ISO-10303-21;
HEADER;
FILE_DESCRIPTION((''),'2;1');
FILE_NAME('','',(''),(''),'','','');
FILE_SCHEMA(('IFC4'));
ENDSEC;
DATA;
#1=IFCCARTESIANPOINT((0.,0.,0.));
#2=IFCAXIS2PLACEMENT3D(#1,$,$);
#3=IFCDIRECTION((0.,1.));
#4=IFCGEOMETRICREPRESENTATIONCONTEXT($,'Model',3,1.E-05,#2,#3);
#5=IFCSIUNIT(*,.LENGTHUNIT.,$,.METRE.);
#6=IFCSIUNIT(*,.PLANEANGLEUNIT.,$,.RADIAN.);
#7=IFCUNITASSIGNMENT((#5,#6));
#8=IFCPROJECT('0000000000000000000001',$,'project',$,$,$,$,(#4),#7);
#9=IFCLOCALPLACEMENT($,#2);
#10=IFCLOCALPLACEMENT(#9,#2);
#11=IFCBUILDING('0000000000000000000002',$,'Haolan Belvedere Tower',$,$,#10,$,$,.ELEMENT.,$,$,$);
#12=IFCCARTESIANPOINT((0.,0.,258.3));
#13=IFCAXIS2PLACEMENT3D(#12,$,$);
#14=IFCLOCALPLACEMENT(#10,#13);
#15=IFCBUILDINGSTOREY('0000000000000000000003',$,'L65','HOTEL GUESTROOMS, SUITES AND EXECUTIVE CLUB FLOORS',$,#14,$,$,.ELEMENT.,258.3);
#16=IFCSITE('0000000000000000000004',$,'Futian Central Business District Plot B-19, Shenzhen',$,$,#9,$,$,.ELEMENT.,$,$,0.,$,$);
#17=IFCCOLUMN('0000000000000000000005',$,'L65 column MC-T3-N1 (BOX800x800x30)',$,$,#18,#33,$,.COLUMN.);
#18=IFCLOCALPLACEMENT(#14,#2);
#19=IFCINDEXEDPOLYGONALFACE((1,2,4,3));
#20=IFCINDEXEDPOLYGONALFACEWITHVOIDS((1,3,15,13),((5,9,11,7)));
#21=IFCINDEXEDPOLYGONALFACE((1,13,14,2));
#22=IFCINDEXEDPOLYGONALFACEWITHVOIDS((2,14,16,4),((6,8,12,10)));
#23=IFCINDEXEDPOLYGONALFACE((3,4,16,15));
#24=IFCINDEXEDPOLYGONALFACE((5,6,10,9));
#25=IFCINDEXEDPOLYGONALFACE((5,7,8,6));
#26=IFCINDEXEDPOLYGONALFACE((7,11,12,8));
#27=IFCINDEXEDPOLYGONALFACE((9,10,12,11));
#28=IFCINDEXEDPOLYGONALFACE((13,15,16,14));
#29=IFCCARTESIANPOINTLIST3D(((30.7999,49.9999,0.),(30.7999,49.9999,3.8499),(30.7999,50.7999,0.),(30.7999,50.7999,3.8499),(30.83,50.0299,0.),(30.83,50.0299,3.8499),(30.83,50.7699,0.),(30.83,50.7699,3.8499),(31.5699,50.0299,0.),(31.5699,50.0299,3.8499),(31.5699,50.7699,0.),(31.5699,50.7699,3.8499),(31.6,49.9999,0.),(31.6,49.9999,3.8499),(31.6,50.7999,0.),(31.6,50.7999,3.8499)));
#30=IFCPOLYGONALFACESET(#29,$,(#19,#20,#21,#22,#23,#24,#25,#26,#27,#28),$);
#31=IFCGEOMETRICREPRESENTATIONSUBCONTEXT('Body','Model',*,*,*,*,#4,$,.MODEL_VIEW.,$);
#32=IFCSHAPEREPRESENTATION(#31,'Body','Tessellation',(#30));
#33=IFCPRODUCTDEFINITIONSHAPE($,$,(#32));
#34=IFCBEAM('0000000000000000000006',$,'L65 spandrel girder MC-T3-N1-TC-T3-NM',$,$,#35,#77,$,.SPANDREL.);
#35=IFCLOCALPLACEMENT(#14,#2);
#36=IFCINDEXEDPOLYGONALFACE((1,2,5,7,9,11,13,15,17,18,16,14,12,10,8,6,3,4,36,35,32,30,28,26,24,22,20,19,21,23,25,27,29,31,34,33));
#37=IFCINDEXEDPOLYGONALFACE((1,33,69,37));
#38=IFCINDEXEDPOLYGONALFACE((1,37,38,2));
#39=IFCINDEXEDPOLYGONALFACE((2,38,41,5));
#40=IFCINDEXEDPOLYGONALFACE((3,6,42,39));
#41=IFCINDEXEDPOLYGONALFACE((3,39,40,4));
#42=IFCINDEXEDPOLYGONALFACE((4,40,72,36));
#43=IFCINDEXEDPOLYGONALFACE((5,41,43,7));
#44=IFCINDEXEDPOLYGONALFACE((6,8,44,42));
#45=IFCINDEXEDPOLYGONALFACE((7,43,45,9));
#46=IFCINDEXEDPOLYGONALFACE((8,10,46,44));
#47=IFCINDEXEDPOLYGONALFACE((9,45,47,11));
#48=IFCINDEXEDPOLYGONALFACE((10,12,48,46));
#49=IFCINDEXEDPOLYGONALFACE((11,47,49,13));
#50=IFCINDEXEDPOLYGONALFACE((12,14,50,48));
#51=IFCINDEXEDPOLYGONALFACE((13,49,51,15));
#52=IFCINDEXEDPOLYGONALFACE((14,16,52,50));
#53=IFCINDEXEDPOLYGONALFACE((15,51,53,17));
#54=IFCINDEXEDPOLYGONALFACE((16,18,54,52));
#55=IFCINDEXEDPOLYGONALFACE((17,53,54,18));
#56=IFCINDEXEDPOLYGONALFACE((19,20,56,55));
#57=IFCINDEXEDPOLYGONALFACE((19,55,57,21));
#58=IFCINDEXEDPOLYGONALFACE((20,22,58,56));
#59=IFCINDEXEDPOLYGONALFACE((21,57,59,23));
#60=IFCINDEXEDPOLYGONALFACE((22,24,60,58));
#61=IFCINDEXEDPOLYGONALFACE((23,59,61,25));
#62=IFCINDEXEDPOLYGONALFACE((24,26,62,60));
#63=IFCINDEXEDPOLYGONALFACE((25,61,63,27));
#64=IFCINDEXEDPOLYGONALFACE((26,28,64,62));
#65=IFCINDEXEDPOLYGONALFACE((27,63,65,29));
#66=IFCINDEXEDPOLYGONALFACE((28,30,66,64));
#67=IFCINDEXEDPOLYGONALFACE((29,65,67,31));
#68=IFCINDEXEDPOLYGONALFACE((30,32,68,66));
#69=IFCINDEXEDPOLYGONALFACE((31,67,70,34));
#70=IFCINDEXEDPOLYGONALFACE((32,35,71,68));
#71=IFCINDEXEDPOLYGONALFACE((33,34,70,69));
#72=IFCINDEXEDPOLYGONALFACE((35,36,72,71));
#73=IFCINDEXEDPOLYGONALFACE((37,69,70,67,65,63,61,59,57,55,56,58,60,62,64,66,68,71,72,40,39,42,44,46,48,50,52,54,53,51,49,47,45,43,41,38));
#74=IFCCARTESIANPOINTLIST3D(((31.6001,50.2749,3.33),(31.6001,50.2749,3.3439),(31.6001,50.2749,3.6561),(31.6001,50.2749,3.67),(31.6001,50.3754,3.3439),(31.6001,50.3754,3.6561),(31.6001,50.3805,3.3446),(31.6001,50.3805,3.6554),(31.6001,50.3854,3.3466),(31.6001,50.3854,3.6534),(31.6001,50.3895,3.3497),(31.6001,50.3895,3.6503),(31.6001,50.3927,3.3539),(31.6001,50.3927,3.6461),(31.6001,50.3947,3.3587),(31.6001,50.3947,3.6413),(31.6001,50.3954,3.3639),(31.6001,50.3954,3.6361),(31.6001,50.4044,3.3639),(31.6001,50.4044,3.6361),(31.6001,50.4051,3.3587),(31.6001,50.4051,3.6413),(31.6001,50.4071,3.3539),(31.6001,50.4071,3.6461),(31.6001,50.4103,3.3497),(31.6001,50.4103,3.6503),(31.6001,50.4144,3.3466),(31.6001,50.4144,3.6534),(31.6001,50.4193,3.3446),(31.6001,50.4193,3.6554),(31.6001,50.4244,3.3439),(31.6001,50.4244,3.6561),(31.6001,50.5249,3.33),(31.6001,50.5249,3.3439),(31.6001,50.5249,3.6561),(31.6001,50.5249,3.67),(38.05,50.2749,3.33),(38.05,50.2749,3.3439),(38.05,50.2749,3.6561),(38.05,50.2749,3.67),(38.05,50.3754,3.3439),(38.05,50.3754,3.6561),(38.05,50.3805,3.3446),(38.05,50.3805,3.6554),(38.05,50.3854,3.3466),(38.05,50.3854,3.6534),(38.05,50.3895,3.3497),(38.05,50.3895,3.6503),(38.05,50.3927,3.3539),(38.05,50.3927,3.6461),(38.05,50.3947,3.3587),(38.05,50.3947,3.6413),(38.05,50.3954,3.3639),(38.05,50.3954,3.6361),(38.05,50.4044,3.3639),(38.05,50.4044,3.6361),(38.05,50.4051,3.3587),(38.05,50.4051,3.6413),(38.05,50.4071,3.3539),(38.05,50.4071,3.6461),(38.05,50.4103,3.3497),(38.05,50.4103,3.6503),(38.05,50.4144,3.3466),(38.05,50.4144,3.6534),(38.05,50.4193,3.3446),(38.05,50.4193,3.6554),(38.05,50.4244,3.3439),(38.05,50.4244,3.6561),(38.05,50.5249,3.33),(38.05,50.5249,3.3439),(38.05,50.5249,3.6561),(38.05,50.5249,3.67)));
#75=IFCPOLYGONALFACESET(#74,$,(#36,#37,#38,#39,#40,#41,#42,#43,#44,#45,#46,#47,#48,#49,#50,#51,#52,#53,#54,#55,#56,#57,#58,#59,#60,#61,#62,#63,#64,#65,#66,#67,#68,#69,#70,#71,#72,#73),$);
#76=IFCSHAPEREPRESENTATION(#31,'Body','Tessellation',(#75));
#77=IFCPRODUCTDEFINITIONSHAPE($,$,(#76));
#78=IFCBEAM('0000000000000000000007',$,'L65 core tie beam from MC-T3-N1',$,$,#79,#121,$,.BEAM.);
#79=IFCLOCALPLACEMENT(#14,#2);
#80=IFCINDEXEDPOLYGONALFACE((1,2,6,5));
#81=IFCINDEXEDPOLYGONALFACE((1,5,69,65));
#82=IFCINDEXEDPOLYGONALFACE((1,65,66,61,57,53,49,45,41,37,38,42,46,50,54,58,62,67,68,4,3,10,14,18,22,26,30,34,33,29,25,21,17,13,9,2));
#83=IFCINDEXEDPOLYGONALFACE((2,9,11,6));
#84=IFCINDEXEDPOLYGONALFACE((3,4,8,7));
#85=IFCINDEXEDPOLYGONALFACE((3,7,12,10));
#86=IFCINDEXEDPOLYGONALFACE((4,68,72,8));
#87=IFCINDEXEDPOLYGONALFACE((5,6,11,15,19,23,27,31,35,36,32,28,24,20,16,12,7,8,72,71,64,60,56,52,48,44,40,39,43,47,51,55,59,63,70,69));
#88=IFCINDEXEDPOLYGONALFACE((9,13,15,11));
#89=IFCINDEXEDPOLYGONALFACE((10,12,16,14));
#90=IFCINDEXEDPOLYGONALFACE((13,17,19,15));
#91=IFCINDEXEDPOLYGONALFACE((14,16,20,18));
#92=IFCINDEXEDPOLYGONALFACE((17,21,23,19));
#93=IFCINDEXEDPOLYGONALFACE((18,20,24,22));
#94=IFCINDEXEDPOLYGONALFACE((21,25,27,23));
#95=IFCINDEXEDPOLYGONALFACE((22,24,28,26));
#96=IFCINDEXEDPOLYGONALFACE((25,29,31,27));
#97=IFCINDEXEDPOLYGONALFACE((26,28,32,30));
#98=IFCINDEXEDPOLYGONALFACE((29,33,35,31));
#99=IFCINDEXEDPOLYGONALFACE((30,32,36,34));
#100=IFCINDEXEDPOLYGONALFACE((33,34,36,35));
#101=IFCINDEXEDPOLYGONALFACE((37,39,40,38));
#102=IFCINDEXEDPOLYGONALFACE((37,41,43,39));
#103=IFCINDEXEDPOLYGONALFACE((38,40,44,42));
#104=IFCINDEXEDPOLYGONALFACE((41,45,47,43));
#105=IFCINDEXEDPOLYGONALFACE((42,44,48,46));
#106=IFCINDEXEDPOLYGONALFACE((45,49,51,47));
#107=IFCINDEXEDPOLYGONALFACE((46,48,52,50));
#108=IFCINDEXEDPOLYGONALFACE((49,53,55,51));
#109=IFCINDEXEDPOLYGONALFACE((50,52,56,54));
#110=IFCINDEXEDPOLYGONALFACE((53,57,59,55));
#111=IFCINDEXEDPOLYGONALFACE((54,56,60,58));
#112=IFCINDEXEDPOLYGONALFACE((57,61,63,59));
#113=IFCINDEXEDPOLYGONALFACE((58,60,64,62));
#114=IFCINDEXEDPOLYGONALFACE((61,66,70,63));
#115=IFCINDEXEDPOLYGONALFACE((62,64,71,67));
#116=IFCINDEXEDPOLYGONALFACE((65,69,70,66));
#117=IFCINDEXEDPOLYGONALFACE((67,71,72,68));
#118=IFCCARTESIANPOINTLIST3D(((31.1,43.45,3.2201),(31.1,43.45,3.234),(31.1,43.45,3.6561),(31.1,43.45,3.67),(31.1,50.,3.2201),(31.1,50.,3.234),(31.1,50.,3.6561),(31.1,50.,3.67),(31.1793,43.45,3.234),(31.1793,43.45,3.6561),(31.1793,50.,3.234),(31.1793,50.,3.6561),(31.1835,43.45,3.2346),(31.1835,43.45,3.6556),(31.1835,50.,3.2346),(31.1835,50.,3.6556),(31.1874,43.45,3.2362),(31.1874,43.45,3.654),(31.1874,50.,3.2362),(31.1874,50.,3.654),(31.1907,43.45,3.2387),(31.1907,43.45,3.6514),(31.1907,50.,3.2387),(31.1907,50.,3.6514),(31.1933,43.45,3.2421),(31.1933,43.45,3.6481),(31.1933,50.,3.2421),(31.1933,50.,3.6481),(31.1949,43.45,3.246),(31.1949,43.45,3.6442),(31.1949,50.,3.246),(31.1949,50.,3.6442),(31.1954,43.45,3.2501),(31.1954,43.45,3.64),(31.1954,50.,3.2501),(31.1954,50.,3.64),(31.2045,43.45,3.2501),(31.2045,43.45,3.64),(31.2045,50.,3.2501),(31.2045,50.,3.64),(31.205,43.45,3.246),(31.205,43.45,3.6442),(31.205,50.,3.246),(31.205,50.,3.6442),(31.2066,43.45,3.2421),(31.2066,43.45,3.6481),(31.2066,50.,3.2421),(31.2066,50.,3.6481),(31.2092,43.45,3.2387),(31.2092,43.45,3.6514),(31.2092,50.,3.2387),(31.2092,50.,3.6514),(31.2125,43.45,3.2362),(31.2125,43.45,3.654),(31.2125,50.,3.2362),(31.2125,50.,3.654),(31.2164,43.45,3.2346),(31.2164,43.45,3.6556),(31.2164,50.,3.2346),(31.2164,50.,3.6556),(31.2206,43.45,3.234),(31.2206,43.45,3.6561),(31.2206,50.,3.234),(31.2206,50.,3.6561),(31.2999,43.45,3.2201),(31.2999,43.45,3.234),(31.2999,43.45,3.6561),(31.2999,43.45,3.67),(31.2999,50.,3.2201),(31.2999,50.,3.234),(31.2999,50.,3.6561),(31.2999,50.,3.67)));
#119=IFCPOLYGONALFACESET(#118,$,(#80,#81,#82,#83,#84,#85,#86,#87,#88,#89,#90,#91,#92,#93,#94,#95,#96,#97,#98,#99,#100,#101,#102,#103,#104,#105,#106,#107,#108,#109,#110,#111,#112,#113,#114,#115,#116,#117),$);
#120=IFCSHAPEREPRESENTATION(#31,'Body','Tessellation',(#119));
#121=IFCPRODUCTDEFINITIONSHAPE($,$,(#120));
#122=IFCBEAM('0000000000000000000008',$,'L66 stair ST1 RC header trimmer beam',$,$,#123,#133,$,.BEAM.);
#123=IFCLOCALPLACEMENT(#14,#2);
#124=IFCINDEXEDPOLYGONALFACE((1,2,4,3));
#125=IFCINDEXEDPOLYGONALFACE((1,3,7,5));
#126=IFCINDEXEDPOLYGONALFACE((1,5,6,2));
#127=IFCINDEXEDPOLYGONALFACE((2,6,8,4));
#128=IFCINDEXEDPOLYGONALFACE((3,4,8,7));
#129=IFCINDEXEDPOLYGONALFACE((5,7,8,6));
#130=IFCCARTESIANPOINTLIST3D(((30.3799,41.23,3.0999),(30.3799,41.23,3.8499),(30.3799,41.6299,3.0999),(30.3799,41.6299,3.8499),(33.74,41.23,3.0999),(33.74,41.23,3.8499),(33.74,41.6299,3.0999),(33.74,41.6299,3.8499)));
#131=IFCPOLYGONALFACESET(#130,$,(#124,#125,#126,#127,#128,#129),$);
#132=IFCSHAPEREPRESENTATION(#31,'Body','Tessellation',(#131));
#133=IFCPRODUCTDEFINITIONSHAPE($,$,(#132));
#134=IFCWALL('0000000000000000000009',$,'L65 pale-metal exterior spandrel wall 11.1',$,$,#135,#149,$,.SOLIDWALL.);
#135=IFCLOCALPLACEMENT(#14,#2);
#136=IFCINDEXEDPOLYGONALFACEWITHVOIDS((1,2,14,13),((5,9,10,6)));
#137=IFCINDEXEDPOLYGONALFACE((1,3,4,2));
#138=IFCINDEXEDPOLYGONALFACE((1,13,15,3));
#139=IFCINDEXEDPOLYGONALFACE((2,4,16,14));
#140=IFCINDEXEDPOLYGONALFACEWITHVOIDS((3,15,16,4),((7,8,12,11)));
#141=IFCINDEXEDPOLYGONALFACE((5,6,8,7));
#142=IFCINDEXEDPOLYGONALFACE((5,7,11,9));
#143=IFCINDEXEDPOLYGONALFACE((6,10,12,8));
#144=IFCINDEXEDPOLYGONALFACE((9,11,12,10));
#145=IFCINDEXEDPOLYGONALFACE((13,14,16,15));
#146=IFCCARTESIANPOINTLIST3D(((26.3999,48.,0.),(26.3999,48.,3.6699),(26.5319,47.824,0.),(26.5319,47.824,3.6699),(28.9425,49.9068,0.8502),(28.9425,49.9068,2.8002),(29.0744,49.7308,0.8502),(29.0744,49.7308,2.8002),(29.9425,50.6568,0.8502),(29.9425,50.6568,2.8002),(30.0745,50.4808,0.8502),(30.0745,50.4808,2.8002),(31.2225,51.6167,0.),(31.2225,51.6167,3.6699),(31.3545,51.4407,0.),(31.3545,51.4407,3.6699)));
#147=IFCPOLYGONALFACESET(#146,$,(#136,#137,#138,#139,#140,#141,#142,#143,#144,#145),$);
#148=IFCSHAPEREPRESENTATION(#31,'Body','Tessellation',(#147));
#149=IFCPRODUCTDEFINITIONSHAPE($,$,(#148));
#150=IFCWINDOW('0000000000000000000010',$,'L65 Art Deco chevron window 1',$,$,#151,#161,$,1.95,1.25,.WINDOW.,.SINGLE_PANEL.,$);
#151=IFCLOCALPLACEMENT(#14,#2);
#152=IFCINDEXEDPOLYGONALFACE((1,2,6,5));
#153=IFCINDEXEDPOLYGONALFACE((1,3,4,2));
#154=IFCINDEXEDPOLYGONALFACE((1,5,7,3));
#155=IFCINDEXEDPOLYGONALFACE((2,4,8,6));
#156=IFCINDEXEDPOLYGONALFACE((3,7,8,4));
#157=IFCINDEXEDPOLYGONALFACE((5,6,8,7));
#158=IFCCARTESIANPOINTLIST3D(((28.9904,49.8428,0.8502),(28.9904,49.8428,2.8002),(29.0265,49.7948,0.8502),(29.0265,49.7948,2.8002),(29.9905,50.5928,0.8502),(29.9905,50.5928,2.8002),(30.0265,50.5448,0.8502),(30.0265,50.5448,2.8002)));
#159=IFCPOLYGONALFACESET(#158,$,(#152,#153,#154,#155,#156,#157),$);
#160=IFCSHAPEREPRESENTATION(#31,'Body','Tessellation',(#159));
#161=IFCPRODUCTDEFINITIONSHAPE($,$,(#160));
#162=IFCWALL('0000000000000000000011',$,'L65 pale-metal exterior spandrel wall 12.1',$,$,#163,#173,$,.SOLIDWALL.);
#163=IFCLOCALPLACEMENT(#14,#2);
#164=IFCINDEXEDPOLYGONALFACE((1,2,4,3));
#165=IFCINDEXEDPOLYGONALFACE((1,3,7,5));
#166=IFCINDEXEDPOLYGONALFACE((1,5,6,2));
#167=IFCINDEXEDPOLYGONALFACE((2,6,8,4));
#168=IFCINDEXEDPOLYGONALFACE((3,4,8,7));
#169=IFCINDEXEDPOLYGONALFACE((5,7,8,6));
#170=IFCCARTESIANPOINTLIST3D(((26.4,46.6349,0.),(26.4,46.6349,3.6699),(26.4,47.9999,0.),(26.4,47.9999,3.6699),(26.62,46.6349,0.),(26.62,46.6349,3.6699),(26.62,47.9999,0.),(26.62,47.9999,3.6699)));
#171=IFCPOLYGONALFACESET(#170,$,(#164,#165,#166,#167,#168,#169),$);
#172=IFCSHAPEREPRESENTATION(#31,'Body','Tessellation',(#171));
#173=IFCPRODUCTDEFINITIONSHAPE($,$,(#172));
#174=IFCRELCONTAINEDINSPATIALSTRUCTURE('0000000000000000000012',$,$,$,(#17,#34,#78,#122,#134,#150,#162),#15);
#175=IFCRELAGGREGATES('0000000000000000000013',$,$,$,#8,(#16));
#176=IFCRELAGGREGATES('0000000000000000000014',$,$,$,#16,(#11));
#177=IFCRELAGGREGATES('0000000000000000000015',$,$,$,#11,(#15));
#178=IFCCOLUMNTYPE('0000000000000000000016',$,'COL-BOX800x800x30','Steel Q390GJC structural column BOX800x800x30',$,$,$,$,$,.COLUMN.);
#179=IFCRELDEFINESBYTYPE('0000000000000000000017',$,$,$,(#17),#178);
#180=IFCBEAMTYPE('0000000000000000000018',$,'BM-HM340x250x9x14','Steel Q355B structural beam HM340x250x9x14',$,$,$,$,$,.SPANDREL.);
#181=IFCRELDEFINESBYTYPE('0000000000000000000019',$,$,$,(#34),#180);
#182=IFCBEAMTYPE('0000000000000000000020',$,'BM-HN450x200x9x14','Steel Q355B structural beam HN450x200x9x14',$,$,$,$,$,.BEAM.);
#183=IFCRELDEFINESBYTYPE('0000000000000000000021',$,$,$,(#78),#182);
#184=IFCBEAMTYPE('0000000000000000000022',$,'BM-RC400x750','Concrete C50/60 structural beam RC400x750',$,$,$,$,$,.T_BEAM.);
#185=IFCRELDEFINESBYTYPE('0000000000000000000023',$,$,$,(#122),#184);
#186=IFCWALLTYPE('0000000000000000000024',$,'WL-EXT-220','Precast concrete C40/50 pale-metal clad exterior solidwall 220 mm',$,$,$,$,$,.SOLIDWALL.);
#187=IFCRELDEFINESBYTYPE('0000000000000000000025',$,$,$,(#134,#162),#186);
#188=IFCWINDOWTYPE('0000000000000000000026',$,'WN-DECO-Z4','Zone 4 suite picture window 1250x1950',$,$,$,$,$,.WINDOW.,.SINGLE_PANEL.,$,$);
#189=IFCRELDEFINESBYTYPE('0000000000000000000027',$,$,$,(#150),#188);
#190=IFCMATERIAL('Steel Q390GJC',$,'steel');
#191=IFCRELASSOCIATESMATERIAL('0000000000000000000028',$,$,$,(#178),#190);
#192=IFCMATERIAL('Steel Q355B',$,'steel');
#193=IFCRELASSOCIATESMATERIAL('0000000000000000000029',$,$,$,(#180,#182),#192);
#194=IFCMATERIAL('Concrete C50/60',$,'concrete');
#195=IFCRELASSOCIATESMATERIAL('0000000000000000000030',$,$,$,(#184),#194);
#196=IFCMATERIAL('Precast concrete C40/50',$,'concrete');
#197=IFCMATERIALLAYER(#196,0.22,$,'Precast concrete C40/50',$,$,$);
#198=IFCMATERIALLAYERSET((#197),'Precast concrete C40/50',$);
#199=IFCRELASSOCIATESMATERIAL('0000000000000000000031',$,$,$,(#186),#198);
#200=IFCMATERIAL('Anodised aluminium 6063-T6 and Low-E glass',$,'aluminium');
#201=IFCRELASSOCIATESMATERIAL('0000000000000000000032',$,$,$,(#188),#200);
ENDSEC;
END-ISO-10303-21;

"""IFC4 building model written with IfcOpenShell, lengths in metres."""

from ifc_helpers import new_model, si_unit, direction, frame, frame_2d, origin, origin_2d, place, context, subcontext, project, spatial, rectangle, hollow_rectangle, i_section, extrude, material, layer, layer_set, material_profile, profile_set, type_object, element, fill, save


model = new_model("IFC4")

# Units and contexts
model_context = context("Model", 3, precision=1e-05, world=origin(), true_north=direction((0.0, 1.0)))
body_context = subcontext(model_context, "Body", "Model", "MODEL_VIEW")
ifc_project = project(units=[si_unit("LENGTHUNIT", "METRE"), si_unit("PLANEANGLEUNIT", "RADIAN")], contexts=[model_context])

# Site, building, storey
site_placement = place(None, origin())
site = spatial("IfcSite", under=ifc_project, at=site_placement, Name="Futian Central Business District Plot B-19, Shenzhen", CompositionType="ELEMENT", RefElevation=0.0)
building_placement = place(site_placement, origin())
building = spatial("IfcBuilding", under=site, at=building_placement, Name="Haolan Belvedere Tower", CompositionType="ELEMENT")
storey_placement = place(building_placement, frame((0.0, 0.0, 258.3)))
storey = spatial("IfcBuildingStorey", under=building, at=storey_placement, Name="L65", Description="HOTEL GUESTROOMS, SUITES AND EXECUTIVE CLUB FLOORS", CompositionType="ELEMENT", Elevation=258.3)

# Column
ifc_material_1 = material(Name="Steel Q390GJC", Category="steel")
ifc_material_profile_1 = material_profile(ifc_material_1, hollow_rectangle(XDim=0.8, YDim=0.8, WallThickness=0.03, at=origin_2d()), Name="Steel Q390GJC")
ifc_profile_set_1 = profile_set([ifc_material_profile_1], Name="Steel Q390GJC")
column_type = type_object("IfcColumnType", Name="COL-BOX800x800x30", Description="Steel Q390GJC structural column BOX800x800x30", PredefinedType="COLUMN", material=ifc_profile_set_1)
column_placement = place(storey_placement, frame((31.2, 50.3999, 0.0), z_axis=(0.0, 0.0, 1.0), x_axis=(1.0, 0.0, 0.0)))
element("IfcColumn", 1, at=column_placement, inside=storey, type_object=column_type, Name="L65 column MC-T3-N1 (BOX800x800x30)", PredefinedType="COLUMN", context=body_context, shape_type="SweptSolid", body=[
    extrude(hollow_rectangle(XDim=0.8, YDim=0.8, WallThickness=0.03, at=origin_2d()), origin(), (0.0, 0.0, 1.0), 3.8499),
])

# Beams
ifc_material_2 = material(Name="Steel Q355B", Category="steel")
ifc_material_profile_2 = material_profile(ifc_material_2, i_section(OverallWidth=0.25, OverallDepth=0.3401, WebThickness=0.009, FlangeThickness=0.0139, FilletRadius=0.02, at=origin_2d()), Name="Steel Q355B")
ifc_profile_set_2 = profile_set([ifc_material_profile_2], Name="Steel Q355B")
beam_type_1 = type_object("IfcBeamType", Name="BM-HM340x250x9x14", Description="Steel Q355B structural beam HM340x250x9x14", PredefinedType="SPANDREL", material=ifc_profile_set_2)
beam_1_placement = place(storey_placement, frame((31.6001, 50.3999, 3.5), z_axis=(1.0, 0.0, 0.0), x_axis=(0.0, 1.0, 0.0)))
element("IfcBeam", 2, at=beam_1_placement, inside=storey, type_object=beam_type_1, Name="L65 spandrel girder MC-T3-N1-TC-T3-NM", PredefinedType="SPANDREL", context=body_context, shape_type="SweptSolid", body=[
    extrude(i_section(OverallWidth=0.25, OverallDepth=0.3401, WebThickness=0.009, FlangeThickness=0.0139, FilletRadius=0.02, at=origin_2d()), origin(), (0.0, 0.0, 1.0), 6.45),
])
ifc_material_profile_3 = material_profile(ifc_material_2, i_section(OverallWidth=0.2, OverallDepth=0.45, WebThickness=0.009, FlangeThickness=0.0139, FilletRadius=0.0161, at=origin_2d()), Name="Steel Q355B")
ifc_profile_set_3 = profile_set([ifc_material_profile_3], Name="Steel Q355B")
beam_type_2 = type_object("IfcBeamType", Name="BM-HN450x200x9x14", Description="Steel Q355B structural beam HN450x200x9x14", PredefinedType="BEAM", material=ifc_profile_set_3)
beam_2_placement = place(storey_placement, frame((31.2, 50.0, 3.4451), z_axis=(0.0, -1.0, 0.0), x_axis=(1.0, 0.0, 0.0)))
element("IfcBeam", 3, at=beam_2_placement, inside=storey, type_object=beam_type_2, Name="L65 core tie beam from MC-T3-N1", PredefinedType="BEAM", context=body_context, shape_type="SweptSolid", body=[
    extrude(i_section(OverallWidth=0.2, OverallDepth=0.45, WebThickness=0.009, FlangeThickness=0.0139, FilletRadius=0.0161, at=origin_2d()), origin(), (0.0, 0.0, 1.0), 6.55),
])
ifc_material_3 = material(Name="Concrete C50/60", Category="concrete")
ifc_material_profile_4 = material_profile(ifc_material_3, rectangle(XDim=0.3999, YDim=0.75, at=origin_2d()), Name="Concrete C50/60")
ifc_profile_set_4 = profile_set([ifc_material_profile_4], Name="Concrete C50/60")
beam_type_3 = type_object("IfcBeamType", Name="BM-RC400x750", Description="Concrete C50/60 structural beam RC400x750", PredefinedType="T_BEAM", material=ifc_profile_set_4)
beam_3_placement = place(storey_placement, frame((30.3799, 41.4299, 3.4749), z_axis=(1.0, 0.0, 0.0), x_axis=(0.0, 1.0, 0.0)))
element("IfcBeam", 4, at=beam_3_placement, inside=storey, type_object=beam_type_3, Name="L66 stair ST1 RC header trimmer beam", PredefinedType="BEAM", context=body_context, shape_type="SweptSolid", body=[
    extrude(rectangle(XDim=0.3999, YDim=0.75, at=origin_2d()), origin(), (0.0, 0.0, 1.0), 3.3601),
])

# Wall, opening, window
ifc_material_4 = material(Name="Precast concrete C40/50", Category="concrete")
ifc_layer_1 = layer(ifc_material_4, 0.22, Name="Precast concrete C40/50")
ifc_layer_set_1 = layer_set([ifc_layer_1], Name="Precast concrete C40/50")
wall_type_1 = type_object("IfcWallType", Name="WL-EXT-220", Description="Precast concrete C40/50 pale-metal clad exterior solidwall 220 mm", PredefinedType="SOLIDWALL", material=ifc_layer_set_1)
wall_1_placement = place(storey_placement, frame((31.2886, 51.5288, 0.0), z_axis=(0.0, 0.0, 1.0), x_axis=(-0.800015, -0.599981, 0.0)))
wall_1 = element("IfcWall", 5, at=wall_1_placement, inside=storey, type_object=wall_type_1, Name="L65 pale-metal exterior spandrel wall 11.1", PredefinedType="SOLIDWALL", context=body_context, shape_type="SweptSolid", body=[
    extrude(rectangle(XDim=6.0281, YDim=0.22, at=frame_2d((3.0142, 0.0))), origin(), (0.0, 0.0, 1.0), 3.6699),
])
opening_1_placement = place(wall_1_placement, frame((1.6001, 0.0, 0.8501)))
opening_1 = element("IfcOpeningElement", 6, at=opening_1_placement, cuts=wall_1, PredefinedType="OPENING", context=body_context, shape_type="SweptSolid", body=[
    extrude(rectangle(XDim=1.25, YDim=1.95, at=frame_2d((0.625, 0.9751))), frame((0.0, 0.1199, 0.0), z_axis=(0.0, -1.0, 0.0), x_axis=(1.0, 0.0, 0.0)), (0.0, 0.0, 1.0), 0.24),
])
ifc_material_5 = material(Name="Anodised aluminium 6063-T6 and Low-E glass", Category="aluminium")
window_type = type_object("IfcWindowType", Name="WN-DECO-Z4", Description="Zone 4 suite picture window 1250x1950", PartitioningType="SINGLE_PANEL", PredefinedType="WINDOW", material=ifc_material_5)
window_placement = place(opening_1_placement, origin())
window = element("IfcWindow", 7, at=window_placement, inside=storey, type_object=window_type, Name="L65 Art Deco chevron window 1", OverallHeight=1.95, OverallWidth=1.25, PartitioningType="SINGLE_PANEL", PredefinedType="WINDOW", context=body_context, shape_type="SweptSolid", body=[
    extrude(rectangle(XDim=1.25, YDim=1.95, at=frame_2d((0.625, 0.9751))), frame((0.0, 0.03, 0.0), z_axis=(0.0, -1.0, 0.0), x_axis=(1.0, 0.0, 0.0)), (0.0, 0.0, 1.0), 0.0601),
])
fill(opening_1, window)

# Wall
wall_2_placement = place(storey_placement, frame((26.51, 48.0, 0.0), z_axis=(0.0, 0.0, 1.0), x_axis=(0.0, -1.0, 0.0)))
element("IfcWall", 8, at=wall_2_placement, inside=storey, type_object=wall_type_1, Name="L65 pale-metal exterior spandrel wall 12.1", PredefinedType="SOLIDWALL", context=body_context, shape_type="SweptSolid", body=[
    extrude(rectangle(XDim=1.365, YDim=0.22, at=frame_2d((0.6826, 0.0))), origin(), (0.0, 0.0, 1.0), 3.6699),
])

save(model, "model.ifc")
